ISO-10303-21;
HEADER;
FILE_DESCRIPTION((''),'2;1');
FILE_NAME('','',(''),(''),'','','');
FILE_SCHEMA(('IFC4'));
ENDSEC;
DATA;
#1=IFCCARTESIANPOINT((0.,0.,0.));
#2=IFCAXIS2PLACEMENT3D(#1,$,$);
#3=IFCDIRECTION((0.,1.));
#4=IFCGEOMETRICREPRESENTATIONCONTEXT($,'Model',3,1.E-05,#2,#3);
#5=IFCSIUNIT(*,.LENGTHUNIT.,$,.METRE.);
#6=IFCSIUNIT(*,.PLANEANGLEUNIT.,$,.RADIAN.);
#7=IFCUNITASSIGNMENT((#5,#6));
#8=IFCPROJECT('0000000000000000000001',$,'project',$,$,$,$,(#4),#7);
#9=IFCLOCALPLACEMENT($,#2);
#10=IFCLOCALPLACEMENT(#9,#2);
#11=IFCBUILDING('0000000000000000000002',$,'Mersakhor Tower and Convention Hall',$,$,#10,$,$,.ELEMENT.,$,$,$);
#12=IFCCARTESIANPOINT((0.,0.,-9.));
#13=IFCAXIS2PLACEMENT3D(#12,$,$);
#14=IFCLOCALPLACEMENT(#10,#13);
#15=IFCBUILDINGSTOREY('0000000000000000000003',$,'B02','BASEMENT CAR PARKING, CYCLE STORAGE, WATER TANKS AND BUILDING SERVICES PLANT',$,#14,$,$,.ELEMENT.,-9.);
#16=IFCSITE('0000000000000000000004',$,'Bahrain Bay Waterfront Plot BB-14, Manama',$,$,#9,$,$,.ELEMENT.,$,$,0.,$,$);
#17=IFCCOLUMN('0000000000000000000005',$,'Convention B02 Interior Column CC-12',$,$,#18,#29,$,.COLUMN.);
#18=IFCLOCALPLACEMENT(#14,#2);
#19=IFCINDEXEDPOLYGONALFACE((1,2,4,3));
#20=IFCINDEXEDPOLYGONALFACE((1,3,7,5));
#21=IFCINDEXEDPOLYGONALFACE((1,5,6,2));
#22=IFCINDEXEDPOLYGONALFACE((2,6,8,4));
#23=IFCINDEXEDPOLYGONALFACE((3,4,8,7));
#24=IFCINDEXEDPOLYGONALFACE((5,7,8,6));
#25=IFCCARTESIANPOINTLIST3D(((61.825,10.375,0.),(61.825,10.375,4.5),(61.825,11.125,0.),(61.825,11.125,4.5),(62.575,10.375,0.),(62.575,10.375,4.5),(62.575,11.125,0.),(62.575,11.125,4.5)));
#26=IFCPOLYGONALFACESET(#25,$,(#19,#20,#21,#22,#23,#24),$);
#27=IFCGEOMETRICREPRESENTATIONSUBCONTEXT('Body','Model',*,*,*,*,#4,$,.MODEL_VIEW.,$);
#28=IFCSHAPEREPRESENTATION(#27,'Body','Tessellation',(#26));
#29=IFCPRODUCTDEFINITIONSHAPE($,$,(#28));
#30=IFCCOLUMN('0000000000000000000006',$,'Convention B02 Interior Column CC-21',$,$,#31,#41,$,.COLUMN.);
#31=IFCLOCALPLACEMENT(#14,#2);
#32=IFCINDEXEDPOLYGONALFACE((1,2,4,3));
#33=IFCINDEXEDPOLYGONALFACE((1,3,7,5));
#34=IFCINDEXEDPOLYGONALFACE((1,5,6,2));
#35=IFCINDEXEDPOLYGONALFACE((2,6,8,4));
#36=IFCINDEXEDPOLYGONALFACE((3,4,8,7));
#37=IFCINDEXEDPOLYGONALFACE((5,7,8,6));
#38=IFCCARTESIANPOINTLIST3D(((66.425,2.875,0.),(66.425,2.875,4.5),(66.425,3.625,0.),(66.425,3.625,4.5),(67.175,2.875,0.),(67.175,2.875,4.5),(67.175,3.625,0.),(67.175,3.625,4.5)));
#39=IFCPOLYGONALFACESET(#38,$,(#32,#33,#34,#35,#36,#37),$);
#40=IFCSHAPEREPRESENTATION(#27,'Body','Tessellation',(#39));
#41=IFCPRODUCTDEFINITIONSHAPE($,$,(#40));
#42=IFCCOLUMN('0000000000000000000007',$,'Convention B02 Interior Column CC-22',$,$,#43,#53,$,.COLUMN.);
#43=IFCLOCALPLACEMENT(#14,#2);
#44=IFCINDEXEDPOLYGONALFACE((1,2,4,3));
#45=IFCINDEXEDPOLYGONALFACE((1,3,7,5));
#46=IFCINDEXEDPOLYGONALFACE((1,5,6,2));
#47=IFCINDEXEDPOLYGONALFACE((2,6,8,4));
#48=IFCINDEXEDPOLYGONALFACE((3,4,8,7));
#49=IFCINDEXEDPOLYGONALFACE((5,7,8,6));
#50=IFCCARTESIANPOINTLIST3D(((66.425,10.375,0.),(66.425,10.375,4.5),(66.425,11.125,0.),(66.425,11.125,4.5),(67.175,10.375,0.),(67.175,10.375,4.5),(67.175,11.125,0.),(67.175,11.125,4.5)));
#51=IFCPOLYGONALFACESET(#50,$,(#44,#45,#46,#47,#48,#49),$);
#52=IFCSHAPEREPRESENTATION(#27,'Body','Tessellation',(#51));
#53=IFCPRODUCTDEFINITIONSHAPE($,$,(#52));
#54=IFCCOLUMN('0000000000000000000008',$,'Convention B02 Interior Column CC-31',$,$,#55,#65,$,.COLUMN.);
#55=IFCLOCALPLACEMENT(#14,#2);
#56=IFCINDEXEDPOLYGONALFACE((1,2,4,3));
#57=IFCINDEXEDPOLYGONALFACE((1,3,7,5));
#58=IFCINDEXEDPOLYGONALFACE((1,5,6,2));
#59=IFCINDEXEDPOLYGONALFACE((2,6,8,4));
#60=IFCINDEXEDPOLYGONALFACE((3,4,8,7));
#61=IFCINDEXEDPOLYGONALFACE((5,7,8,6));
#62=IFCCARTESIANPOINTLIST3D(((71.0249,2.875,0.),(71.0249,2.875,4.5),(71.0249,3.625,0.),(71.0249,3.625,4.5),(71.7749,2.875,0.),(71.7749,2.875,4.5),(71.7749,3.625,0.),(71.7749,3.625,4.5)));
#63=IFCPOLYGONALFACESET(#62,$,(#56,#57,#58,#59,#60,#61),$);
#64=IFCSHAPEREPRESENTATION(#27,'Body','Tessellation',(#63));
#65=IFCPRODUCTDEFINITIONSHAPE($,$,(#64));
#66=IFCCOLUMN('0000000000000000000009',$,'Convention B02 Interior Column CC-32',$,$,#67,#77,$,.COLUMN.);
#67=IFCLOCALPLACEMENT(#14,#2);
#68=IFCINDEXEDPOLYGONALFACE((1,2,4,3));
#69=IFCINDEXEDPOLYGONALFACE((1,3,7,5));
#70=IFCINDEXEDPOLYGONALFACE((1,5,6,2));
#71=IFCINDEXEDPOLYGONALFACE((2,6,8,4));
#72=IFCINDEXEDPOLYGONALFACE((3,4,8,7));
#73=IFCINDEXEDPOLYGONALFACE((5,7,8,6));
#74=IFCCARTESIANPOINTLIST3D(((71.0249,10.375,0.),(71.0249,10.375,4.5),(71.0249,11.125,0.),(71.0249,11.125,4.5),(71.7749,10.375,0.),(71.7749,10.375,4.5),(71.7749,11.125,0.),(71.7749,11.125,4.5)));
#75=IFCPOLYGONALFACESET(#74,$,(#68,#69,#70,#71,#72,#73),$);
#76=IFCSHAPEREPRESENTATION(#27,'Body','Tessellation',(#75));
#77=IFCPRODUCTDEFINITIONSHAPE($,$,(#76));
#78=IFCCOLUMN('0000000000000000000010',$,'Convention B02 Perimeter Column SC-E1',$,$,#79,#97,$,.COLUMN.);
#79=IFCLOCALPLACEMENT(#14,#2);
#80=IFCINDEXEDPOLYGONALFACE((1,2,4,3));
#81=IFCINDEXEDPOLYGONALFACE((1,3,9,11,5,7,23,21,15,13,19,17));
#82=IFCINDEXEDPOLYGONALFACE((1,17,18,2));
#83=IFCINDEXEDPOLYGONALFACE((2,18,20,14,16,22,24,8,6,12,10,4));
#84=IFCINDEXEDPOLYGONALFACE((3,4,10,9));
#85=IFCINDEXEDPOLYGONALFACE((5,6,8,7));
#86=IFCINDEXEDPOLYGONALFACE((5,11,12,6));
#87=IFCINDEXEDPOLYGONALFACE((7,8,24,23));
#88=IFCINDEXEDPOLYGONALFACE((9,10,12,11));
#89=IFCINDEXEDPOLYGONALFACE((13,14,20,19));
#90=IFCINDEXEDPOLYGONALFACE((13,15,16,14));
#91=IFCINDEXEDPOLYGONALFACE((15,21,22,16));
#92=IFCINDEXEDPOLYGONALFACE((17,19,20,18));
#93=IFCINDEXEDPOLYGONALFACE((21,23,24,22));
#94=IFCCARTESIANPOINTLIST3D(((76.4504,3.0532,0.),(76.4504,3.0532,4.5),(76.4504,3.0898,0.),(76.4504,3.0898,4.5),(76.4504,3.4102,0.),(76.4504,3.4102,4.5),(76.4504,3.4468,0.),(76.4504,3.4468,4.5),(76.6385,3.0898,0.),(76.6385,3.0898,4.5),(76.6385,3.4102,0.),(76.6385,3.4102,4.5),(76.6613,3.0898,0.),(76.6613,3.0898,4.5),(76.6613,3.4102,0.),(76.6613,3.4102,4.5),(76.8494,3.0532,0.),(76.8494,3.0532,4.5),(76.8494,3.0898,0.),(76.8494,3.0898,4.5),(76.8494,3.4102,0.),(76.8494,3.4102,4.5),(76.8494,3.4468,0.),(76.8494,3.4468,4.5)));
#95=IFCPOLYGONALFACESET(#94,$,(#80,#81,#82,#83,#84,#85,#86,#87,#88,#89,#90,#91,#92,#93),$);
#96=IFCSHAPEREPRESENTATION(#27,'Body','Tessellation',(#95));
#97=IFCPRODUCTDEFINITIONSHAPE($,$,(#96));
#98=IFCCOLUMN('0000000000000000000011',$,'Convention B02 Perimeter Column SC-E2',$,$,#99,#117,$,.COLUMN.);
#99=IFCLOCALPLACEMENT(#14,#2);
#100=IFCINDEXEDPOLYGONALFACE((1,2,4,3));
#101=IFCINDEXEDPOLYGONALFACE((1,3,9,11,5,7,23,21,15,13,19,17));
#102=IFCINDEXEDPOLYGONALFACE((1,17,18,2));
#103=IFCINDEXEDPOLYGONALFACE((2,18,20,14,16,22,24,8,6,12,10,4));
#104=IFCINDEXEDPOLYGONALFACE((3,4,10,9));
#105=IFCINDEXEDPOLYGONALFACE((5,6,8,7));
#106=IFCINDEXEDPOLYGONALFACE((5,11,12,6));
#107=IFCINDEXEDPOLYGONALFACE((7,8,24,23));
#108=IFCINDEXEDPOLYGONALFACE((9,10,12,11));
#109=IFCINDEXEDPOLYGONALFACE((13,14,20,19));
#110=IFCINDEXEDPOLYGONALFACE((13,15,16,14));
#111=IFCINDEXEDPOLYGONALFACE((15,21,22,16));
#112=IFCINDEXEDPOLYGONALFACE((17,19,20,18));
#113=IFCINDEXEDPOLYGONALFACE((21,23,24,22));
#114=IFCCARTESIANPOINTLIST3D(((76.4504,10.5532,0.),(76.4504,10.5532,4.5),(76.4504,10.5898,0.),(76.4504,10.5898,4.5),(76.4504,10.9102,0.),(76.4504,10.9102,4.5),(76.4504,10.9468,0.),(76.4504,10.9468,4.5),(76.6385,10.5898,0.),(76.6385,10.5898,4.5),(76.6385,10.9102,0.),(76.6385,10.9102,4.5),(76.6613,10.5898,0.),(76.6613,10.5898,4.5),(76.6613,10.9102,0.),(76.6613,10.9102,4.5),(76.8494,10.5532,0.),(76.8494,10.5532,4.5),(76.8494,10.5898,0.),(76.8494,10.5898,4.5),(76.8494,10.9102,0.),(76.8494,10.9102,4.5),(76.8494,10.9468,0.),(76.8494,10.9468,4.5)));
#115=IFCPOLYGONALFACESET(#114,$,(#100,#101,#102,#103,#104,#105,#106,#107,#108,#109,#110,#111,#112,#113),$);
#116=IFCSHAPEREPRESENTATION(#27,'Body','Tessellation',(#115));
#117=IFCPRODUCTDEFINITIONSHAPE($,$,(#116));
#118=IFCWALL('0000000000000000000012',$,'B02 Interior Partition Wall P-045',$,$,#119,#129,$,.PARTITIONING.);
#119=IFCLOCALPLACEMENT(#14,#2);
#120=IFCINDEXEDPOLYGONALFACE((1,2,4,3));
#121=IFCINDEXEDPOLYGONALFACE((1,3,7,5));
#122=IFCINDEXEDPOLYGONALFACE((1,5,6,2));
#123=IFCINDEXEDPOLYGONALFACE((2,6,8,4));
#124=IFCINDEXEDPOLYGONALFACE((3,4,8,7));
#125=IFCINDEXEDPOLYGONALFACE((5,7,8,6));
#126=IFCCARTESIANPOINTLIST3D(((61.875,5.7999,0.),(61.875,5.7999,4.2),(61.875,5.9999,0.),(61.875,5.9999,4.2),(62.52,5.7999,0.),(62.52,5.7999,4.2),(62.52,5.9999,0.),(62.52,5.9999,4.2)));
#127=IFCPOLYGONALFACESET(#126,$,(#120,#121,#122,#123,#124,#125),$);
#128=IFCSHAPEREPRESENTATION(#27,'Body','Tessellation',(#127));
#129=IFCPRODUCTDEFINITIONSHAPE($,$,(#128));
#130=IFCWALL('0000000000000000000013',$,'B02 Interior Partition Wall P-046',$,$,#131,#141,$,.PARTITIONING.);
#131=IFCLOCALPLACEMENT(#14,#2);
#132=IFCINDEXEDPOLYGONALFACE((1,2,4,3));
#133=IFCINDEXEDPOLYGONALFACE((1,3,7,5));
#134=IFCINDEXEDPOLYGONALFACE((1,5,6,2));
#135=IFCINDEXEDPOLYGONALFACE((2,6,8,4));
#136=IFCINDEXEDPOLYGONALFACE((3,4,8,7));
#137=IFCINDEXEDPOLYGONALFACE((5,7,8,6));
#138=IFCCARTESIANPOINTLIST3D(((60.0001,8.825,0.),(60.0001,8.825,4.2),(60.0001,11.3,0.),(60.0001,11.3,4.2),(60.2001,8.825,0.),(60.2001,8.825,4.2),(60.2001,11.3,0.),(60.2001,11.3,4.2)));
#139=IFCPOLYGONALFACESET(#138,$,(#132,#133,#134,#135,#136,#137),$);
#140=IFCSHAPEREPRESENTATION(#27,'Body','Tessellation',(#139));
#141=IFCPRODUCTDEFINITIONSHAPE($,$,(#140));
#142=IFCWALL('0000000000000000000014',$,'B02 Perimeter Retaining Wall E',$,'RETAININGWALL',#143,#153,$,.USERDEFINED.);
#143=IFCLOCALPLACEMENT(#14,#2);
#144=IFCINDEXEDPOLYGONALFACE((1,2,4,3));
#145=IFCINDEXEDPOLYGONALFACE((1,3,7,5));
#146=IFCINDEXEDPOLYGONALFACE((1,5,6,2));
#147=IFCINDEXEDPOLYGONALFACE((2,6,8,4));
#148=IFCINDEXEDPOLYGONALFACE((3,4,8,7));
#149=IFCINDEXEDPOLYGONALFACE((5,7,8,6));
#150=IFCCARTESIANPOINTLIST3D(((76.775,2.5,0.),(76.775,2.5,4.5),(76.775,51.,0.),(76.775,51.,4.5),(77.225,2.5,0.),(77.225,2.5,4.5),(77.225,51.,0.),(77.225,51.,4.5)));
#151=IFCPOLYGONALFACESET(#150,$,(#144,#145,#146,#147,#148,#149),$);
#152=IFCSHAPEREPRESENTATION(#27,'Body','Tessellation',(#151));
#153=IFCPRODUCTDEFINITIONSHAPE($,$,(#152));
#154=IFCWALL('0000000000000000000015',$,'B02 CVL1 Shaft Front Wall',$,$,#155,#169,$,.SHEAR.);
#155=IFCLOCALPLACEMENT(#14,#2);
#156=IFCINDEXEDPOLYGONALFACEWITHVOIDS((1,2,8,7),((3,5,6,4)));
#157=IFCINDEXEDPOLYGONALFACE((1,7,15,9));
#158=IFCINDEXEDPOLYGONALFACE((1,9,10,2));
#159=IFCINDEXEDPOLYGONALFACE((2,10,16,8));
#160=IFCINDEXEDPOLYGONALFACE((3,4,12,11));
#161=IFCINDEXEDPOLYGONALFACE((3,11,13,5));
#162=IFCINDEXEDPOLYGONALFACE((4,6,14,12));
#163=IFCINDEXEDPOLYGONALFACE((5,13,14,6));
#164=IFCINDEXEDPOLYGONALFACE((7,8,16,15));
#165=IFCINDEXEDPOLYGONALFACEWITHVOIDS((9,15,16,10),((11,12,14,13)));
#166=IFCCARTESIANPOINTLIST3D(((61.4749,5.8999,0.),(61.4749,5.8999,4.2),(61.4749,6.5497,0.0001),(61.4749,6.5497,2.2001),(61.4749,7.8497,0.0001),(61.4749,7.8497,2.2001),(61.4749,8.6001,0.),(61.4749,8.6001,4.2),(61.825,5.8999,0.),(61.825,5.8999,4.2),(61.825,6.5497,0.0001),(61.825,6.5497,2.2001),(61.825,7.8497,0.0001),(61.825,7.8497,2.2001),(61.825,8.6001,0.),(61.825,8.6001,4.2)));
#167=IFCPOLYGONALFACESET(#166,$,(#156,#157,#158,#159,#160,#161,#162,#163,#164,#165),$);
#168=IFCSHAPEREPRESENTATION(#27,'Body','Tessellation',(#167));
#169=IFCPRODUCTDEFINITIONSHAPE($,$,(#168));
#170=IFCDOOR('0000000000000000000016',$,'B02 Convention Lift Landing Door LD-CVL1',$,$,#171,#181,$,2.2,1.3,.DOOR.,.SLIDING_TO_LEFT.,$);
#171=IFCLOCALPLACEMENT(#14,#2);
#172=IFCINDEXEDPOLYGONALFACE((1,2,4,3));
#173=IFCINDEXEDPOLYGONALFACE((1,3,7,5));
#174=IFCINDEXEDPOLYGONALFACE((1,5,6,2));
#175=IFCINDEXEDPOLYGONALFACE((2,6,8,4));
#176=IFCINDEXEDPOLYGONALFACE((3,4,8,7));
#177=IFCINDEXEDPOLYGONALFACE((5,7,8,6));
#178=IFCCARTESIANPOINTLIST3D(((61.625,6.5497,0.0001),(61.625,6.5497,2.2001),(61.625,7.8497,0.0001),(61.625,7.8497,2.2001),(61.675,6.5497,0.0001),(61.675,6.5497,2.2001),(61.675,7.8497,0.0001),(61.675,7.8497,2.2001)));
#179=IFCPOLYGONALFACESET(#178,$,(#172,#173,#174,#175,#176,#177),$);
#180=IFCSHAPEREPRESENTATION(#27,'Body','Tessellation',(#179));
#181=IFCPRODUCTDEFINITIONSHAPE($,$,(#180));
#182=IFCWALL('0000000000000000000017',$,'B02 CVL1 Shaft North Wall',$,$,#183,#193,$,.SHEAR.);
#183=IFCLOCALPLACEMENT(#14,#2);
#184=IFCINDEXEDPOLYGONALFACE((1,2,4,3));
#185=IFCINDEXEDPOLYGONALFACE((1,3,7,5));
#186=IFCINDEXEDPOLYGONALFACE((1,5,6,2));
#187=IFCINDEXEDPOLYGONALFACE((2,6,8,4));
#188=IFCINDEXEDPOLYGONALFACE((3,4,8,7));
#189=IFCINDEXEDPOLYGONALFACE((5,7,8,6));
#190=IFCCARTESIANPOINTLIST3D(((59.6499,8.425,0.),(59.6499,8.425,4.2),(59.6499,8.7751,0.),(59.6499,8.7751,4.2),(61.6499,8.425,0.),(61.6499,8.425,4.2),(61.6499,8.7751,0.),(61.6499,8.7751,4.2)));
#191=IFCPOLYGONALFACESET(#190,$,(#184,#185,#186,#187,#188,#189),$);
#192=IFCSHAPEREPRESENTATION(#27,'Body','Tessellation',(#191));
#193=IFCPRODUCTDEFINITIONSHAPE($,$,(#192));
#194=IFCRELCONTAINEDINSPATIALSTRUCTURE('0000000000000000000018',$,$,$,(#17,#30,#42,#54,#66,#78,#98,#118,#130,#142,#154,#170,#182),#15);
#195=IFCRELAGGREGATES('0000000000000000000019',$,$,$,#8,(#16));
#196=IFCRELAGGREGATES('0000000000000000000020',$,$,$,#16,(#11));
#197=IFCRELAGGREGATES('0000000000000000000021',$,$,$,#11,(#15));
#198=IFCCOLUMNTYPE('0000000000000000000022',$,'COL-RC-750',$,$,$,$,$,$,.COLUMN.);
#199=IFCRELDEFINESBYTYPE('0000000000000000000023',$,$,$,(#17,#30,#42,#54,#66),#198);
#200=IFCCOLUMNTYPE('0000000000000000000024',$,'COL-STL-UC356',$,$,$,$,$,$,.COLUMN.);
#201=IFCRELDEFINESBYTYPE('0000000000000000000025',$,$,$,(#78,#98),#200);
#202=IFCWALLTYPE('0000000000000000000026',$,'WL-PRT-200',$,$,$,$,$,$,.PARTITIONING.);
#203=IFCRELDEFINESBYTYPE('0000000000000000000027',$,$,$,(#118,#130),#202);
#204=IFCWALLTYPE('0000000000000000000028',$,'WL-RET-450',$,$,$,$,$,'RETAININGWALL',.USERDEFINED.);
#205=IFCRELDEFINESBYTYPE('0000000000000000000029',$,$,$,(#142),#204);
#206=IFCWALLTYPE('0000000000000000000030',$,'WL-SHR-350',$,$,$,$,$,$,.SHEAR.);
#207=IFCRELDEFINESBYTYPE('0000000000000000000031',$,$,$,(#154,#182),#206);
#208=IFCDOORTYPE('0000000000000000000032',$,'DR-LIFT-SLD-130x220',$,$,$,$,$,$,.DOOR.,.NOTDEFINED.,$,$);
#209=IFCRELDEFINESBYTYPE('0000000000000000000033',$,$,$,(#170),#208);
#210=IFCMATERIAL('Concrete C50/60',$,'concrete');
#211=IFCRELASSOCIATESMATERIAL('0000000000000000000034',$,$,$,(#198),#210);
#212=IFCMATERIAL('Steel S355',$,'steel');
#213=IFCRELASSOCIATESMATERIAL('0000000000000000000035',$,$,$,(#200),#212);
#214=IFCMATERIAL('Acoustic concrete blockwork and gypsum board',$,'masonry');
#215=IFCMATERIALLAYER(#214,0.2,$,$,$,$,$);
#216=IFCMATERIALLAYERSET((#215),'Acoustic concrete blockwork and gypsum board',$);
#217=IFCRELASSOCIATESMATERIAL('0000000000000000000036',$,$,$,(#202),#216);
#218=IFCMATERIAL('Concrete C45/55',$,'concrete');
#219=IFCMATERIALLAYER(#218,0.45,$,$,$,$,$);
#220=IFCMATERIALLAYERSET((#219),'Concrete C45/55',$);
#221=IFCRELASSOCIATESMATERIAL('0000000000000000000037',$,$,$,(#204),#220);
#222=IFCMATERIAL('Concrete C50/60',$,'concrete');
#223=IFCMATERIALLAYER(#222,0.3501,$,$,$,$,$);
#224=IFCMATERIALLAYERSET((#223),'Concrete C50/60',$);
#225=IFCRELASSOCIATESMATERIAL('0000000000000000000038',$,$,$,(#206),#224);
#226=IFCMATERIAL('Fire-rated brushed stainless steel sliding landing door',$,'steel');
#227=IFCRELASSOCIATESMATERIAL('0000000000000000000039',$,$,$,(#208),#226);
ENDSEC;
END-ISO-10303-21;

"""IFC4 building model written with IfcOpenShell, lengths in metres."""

from ifc_helpers import new_model, si_unit, direction, frame, frame_2d, origin, origin_2d, place, context, subcontext, project, spatial, rectangle, i_section, extrude, material, layer, layer_set, material_profile, profile_set, type_object, element, fill, save


model = new_model("IFC4")

# Units and contexts
model_context = context("Model", 3, precision=1e-05, world=origin(), true_north=direction((0.0, 1.0)))
body_context = subcontext(model_context, "Body", "Model", "MODEL_VIEW")
ifc_project = project(units=[si_unit("LENGTHUNIT", "METRE"), si_unit("PLANEANGLEUNIT", "RADIAN")], contexts=[model_context])

# Site, building, storey
site_placement = place(None, origin())
site = spatial("IfcSite", under=ifc_project, at=site_placement, Name="Bahrain Bay Waterfront Plot BB-14, Manama", CompositionType="ELEMENT", RefElevation=0.0)
building_placement = place(site_placement, origin())
building = spatial("IfcBuilding", under=site, at=building_placement, Name="Mersakhor Tower and Convention Hall", CompositionType="ELEMENT")
storey_placement = place(building_placement, frame((0.0, 0.0, -9.0)))
storey = spatial("IfcBuildingStorey", under=building, at=storey_placement, Name="B02", Description="BASEMENT CAR PARKING, CYCLE STORAGE, WATER TANKS AND BUILDING SERVICES PLANT", CompositionType="ELEMENT", Elevation=-9.0)

# Columns
ifc_material_1 = material(Name="Concrete C50/60", Category="concrete")
ifc_material_profile_1 = material_profile(ifc_material_1, rectangle(XDim=0.75, YDim=0.75, at=origin_2d()), Name="RC 750x750")
ifc_profile_set_1 = profile_set([ifc_material_profile_1], Name="Concrete C50/60")
column_type_1 = type_object("IfcColumnType", Name="COL-RC-750", PredefinedType="COLUMN", material=ifc_profile_set_1)
for number, where, z_axis, x_axis, name in (
    (1, (62.2, 10.75, 0.0), (0.0, 0.0, 1.0), (1.0, 0.0, 0.0), "Convention B02 Interior Column CC-12"),
    (2, (66.8, 3.25, 0.0), (0.0, 0.0, 1.0), (1.0, 0.0, 0.0), "Convention B02 Interior Column CC-21"),
    (3, (66.8, 10.75, 0.0), (0.0, 0.0, 1.0), (1.0, 0.0, 0.0), "Convention B02 Interior Column CC-22"),
    (4, (71.3999, 3.25, 0.0), (0.0, 0.0, 1.0), (1.0, 0.0, 0.0), "Convention B02 Interior Column CC-31"),
    (5, (71.3999, 10.75, 0.0), (0.0, 0.0, 1.0), (1.0, 0.0, 0.0), "Convention B02 Interior Column CC-32"),
):
    element("IfcColumn", number, at=place(storey_placement, frame(where, z_axis=z_axis, x_axis=x_axis)), inside=storey, type_object=column_type_1, Name=name, PredefinedType="COLUMN", context=body_context, shape_type="SweptSolid", body=[
        extrude(rectangle(XDim=0.75, YDim=0.75, at=origin_2d()), origin(), (0.0, 0.0, 1.0), 4.5),
    ])
ifc_material_2 = material(Name="Steel S355", Category="steel")
ifc_material_profile_2 = material_profile(ifc_material_2, i_section(OverallWidth=0.3989, OverallDepth=0.3936, WebThickness=0.0227, FlangeThickness=0.0366, at=origin_2d()), Name="UC 356x406x287")
ifc_profile_set_2 = profile_set([ifc_material_profile_2], Name="Steel S355")
column_type_2 = type_object("IfcColumnType", Name="COL-STL-UC356", PredefinedType="COLUMN", material=ifc_profile_set_2)
for number, where, z_axis, x_axis, name in (
    (6, (76.6499, 3.25, 0.0), (0.0, 0.0, 1.0), (1.0, 0.0, 0.0), "Convention B02 Perimeter Column SC-E1"),
    (7, (76.6499, 10.75, 0.0), (0.0, 0.0, 1.0), (1.0, 0.0, 0.0), "Convention B02 Perimeter Column SC-E2"),
):
    element("IfcColumn", number, at=place(storey_placement, frame(where, z_axis=z_axis, x_axis=x_axis)), inside=storey, type_object=column_type_2, Name=name, PredefinedType="COLUMN", context=body_context, shape_type="SweptSolid", body=[
        extrude(i_section(OverallWidth=0.3989, OverallDepth=0.3936, WebThickness=0.0227, FlangeThickness=0.0366, at=origin_2d()), origin(), (0.0, 0.0, 1.0), 4.5),
    ])

# Walls
ifc_material_3 = material(Name="Acoustic concrete blockwork and gypsum board", Category="masonry")
ifc_layer_1 = layer(ifc_material_3, 0.2)
ifc_layer_set_1 = layer_set([ifc_layer_1], Name="Acoustic concrete blockwork and gypsum board")
wall_type_1 = type_object("IfcWallType", Name="WL-PRT-200", PredefinedType="PARTITIONING", material=ifc_layer_set_1)
wall_1_placement = place(storey_placement, frame((62.52, 5.8999, 0.0), z_axis=(0.0, 0.0, 1.0), x_axis=(-1.0, 0.0, 0.0)))
element("IfcWall", 8, at=wall_1_placement, inside=storey, type_object=wall_type_1, Name="B02 Interior Partition Wall P-045", PredefinedType="PARTITIONING", context=body_context, shape_type="SweptSolid", body=[
    extrude(rectangle(XDim=0.645, YDim=0.2, at=frame_2d((0.3225, 0.0))), origin(), (0.0, 0.0, 1.0), 4.2),
])
wall_2_placement = place(storey_placement, frame((60.1001, 8.825, 0.0), z_axis=(0.0, 0.0, 1.0), x_axis=(0.0, 1.0, 0.0)))
element("IfcWall", 9, at=wall_2_placement, inside=storey, type_object=wall_type_1, Name="B02 Interior Partition Wall P-046", PredefinedType="PARTITIONING", context=body_context, shape_type="SweptSolid", body=[
    extrude(rectangle(XDim=2.4751, YDim=0.2, at=frame_2d((1.2375, 0.0))), origin(), (0.0, 0.0, 1.0), 4.2),
])
ifc_material_4 = material(Name="Concrete C45/55", Category="concrete")
ifc_layer_2 = layer(ifc_material_4, 0.45)
ifc_layer_set_2 = layer_set([ifc_layer_2], Name="Concrete C45/55")
wall_type_2 = type_object("IfcWallType", Name="WL-RET-450", ElementType="RETAININGWALL", PredefinedType="USERDEFINED", material=ifc_layer_set_2)
wall_3_placement = place(storey_placement, frame((77.0, 2.5, 0.0), z_axis=(0.0, 0.0, 1.0), x_axis=(0.0, 1.0, 0.0)))
element("IfcWall", 10, at=wall_3_placement, inside=storey, type_object=wall_type_2, Name="B02 Perimeter Retaining Wall E", ObjectType="RETAININGWALL", PredefinedType="USERDEFINED", context=body_context, shape_type="SweptSolid", body=[
    extrude(rectangle(XDim=48.5, YDim=0.45, at=frame_2d((24.25, 0.0))), origin(), (0.0, 0.0, 1.0), 4.5),
])

# Wall, opening, door
ifc_material_5 = material(Name="Concrete C50/60", Category="concrete")
ifc_layer_3 = layer(ifc_material_5, 0.3501)
ifc_layer_set_3 = layer_set([ifc_layer_3], Name="Concrete C50/60")
wall_type_3 = type_object("IfcWallType", Name="WL-SHR-350", PredefinedType="SHEAR", material=ifc_layer_set_3)
wall_4_placement = place(storey_placement, frame((61.6499, 5.8999, 0.0), z_axis=(0.0, 0.0, 1.0), x_axis=(0.0, 1.0, 0.0)))
wall_4 = element("IfcWall", 11, at=wall_4_placement, inside=storey, type_object=wall_type_3, Name="B02 CVL1 Shaft Front Wall", PredefinedType="SHEAR", context=body_context, shape_type="SweptSolid", body=[
    extrude(rectangle(XDim=2.7002, YDim=0.3501, at=frame_2d((1.3501, 0.0))), origin(), (0.0, 0.0, 1.0), 4.2),
])
opening_placement = place(wall_4_placement, frame((0.6499, 0.0, 0.0)))
opening = element("IfcOpeningElement", 12, at=opening_placement, cuts=wall_4, PredefinedType="OPENING", context=body_context, shape_type="SweptSolid", body=[
    extrude(rectangle(XDim=1.3, YDim=2.2, at=frame_2d((0.6499, 1.1001))), frame((0.0, 0.1851, 0.0), z_axis=(0.0, -1.0, 0.0), x_axis=(1.0, 0.0, 0.0)), (0.0, 0.0, 1.0), 0.3701),
])
ifc_material_6 = material(Name="Fire-rated brushed stainless steel sliding landing door", Category="steel")
door_type = type_object("IfcDoorType", Name="DR-LIFT-SLD-130x220", OperationType="NOTDEFINED", PredefinedType="DOOR", material=ifc_material_6)
door_placement = place(opening_placement, origin())
door = element("IfcDoor", 13, at=door_placement, inside=storey, type_object=door_type, Name="B02 Convention Lift Landing Door LD-CVL1", OperationType="SLIDING_TO_LEFT", OverallHeight=2.2, OverallWidth=1.3, PredefinedType="DOOR", context=body_context, shape_type="SweptSolid", body=[
    extrude(rectangle(XDim=1.3, YDim=2.2, at=frame_2d((0.6499, 1.1001))), frame((0.0, 0.0249, 0.0), z_axis=(0.0, -1.0, 0.0), x_axis=(1.0, 0.0, 0.0)), (0.0, 0.0, 1.0), 0.05),
])
fill(opening, door)

# Wall
for number, where, z_axis, x_axis, name in (
    (14, (59.6499, 8.6001, 0.0), (0.0, 0.0, 1.0), (1.0, 0.0, 0.0), "B02 CVL1 Shaft North Wall"),
):
    element("IfcWall", number, at=place(storey_placement, frame(where, z_axis=z_axis, x_axis=x_axis)), inside=storey, type_object=wall_type_3, Name=name, PredefinedType="SHEAR", context=body_context, shape_type="SweptSolid", body=[
        extrude(rectangle(XDim=2.0, YDim=0.3501, at=frame_2d((1.0, 0.0))), origin(), (0.0, 0.0, 1.0), 4.2),
    ])

save(model, "model.ifc")
